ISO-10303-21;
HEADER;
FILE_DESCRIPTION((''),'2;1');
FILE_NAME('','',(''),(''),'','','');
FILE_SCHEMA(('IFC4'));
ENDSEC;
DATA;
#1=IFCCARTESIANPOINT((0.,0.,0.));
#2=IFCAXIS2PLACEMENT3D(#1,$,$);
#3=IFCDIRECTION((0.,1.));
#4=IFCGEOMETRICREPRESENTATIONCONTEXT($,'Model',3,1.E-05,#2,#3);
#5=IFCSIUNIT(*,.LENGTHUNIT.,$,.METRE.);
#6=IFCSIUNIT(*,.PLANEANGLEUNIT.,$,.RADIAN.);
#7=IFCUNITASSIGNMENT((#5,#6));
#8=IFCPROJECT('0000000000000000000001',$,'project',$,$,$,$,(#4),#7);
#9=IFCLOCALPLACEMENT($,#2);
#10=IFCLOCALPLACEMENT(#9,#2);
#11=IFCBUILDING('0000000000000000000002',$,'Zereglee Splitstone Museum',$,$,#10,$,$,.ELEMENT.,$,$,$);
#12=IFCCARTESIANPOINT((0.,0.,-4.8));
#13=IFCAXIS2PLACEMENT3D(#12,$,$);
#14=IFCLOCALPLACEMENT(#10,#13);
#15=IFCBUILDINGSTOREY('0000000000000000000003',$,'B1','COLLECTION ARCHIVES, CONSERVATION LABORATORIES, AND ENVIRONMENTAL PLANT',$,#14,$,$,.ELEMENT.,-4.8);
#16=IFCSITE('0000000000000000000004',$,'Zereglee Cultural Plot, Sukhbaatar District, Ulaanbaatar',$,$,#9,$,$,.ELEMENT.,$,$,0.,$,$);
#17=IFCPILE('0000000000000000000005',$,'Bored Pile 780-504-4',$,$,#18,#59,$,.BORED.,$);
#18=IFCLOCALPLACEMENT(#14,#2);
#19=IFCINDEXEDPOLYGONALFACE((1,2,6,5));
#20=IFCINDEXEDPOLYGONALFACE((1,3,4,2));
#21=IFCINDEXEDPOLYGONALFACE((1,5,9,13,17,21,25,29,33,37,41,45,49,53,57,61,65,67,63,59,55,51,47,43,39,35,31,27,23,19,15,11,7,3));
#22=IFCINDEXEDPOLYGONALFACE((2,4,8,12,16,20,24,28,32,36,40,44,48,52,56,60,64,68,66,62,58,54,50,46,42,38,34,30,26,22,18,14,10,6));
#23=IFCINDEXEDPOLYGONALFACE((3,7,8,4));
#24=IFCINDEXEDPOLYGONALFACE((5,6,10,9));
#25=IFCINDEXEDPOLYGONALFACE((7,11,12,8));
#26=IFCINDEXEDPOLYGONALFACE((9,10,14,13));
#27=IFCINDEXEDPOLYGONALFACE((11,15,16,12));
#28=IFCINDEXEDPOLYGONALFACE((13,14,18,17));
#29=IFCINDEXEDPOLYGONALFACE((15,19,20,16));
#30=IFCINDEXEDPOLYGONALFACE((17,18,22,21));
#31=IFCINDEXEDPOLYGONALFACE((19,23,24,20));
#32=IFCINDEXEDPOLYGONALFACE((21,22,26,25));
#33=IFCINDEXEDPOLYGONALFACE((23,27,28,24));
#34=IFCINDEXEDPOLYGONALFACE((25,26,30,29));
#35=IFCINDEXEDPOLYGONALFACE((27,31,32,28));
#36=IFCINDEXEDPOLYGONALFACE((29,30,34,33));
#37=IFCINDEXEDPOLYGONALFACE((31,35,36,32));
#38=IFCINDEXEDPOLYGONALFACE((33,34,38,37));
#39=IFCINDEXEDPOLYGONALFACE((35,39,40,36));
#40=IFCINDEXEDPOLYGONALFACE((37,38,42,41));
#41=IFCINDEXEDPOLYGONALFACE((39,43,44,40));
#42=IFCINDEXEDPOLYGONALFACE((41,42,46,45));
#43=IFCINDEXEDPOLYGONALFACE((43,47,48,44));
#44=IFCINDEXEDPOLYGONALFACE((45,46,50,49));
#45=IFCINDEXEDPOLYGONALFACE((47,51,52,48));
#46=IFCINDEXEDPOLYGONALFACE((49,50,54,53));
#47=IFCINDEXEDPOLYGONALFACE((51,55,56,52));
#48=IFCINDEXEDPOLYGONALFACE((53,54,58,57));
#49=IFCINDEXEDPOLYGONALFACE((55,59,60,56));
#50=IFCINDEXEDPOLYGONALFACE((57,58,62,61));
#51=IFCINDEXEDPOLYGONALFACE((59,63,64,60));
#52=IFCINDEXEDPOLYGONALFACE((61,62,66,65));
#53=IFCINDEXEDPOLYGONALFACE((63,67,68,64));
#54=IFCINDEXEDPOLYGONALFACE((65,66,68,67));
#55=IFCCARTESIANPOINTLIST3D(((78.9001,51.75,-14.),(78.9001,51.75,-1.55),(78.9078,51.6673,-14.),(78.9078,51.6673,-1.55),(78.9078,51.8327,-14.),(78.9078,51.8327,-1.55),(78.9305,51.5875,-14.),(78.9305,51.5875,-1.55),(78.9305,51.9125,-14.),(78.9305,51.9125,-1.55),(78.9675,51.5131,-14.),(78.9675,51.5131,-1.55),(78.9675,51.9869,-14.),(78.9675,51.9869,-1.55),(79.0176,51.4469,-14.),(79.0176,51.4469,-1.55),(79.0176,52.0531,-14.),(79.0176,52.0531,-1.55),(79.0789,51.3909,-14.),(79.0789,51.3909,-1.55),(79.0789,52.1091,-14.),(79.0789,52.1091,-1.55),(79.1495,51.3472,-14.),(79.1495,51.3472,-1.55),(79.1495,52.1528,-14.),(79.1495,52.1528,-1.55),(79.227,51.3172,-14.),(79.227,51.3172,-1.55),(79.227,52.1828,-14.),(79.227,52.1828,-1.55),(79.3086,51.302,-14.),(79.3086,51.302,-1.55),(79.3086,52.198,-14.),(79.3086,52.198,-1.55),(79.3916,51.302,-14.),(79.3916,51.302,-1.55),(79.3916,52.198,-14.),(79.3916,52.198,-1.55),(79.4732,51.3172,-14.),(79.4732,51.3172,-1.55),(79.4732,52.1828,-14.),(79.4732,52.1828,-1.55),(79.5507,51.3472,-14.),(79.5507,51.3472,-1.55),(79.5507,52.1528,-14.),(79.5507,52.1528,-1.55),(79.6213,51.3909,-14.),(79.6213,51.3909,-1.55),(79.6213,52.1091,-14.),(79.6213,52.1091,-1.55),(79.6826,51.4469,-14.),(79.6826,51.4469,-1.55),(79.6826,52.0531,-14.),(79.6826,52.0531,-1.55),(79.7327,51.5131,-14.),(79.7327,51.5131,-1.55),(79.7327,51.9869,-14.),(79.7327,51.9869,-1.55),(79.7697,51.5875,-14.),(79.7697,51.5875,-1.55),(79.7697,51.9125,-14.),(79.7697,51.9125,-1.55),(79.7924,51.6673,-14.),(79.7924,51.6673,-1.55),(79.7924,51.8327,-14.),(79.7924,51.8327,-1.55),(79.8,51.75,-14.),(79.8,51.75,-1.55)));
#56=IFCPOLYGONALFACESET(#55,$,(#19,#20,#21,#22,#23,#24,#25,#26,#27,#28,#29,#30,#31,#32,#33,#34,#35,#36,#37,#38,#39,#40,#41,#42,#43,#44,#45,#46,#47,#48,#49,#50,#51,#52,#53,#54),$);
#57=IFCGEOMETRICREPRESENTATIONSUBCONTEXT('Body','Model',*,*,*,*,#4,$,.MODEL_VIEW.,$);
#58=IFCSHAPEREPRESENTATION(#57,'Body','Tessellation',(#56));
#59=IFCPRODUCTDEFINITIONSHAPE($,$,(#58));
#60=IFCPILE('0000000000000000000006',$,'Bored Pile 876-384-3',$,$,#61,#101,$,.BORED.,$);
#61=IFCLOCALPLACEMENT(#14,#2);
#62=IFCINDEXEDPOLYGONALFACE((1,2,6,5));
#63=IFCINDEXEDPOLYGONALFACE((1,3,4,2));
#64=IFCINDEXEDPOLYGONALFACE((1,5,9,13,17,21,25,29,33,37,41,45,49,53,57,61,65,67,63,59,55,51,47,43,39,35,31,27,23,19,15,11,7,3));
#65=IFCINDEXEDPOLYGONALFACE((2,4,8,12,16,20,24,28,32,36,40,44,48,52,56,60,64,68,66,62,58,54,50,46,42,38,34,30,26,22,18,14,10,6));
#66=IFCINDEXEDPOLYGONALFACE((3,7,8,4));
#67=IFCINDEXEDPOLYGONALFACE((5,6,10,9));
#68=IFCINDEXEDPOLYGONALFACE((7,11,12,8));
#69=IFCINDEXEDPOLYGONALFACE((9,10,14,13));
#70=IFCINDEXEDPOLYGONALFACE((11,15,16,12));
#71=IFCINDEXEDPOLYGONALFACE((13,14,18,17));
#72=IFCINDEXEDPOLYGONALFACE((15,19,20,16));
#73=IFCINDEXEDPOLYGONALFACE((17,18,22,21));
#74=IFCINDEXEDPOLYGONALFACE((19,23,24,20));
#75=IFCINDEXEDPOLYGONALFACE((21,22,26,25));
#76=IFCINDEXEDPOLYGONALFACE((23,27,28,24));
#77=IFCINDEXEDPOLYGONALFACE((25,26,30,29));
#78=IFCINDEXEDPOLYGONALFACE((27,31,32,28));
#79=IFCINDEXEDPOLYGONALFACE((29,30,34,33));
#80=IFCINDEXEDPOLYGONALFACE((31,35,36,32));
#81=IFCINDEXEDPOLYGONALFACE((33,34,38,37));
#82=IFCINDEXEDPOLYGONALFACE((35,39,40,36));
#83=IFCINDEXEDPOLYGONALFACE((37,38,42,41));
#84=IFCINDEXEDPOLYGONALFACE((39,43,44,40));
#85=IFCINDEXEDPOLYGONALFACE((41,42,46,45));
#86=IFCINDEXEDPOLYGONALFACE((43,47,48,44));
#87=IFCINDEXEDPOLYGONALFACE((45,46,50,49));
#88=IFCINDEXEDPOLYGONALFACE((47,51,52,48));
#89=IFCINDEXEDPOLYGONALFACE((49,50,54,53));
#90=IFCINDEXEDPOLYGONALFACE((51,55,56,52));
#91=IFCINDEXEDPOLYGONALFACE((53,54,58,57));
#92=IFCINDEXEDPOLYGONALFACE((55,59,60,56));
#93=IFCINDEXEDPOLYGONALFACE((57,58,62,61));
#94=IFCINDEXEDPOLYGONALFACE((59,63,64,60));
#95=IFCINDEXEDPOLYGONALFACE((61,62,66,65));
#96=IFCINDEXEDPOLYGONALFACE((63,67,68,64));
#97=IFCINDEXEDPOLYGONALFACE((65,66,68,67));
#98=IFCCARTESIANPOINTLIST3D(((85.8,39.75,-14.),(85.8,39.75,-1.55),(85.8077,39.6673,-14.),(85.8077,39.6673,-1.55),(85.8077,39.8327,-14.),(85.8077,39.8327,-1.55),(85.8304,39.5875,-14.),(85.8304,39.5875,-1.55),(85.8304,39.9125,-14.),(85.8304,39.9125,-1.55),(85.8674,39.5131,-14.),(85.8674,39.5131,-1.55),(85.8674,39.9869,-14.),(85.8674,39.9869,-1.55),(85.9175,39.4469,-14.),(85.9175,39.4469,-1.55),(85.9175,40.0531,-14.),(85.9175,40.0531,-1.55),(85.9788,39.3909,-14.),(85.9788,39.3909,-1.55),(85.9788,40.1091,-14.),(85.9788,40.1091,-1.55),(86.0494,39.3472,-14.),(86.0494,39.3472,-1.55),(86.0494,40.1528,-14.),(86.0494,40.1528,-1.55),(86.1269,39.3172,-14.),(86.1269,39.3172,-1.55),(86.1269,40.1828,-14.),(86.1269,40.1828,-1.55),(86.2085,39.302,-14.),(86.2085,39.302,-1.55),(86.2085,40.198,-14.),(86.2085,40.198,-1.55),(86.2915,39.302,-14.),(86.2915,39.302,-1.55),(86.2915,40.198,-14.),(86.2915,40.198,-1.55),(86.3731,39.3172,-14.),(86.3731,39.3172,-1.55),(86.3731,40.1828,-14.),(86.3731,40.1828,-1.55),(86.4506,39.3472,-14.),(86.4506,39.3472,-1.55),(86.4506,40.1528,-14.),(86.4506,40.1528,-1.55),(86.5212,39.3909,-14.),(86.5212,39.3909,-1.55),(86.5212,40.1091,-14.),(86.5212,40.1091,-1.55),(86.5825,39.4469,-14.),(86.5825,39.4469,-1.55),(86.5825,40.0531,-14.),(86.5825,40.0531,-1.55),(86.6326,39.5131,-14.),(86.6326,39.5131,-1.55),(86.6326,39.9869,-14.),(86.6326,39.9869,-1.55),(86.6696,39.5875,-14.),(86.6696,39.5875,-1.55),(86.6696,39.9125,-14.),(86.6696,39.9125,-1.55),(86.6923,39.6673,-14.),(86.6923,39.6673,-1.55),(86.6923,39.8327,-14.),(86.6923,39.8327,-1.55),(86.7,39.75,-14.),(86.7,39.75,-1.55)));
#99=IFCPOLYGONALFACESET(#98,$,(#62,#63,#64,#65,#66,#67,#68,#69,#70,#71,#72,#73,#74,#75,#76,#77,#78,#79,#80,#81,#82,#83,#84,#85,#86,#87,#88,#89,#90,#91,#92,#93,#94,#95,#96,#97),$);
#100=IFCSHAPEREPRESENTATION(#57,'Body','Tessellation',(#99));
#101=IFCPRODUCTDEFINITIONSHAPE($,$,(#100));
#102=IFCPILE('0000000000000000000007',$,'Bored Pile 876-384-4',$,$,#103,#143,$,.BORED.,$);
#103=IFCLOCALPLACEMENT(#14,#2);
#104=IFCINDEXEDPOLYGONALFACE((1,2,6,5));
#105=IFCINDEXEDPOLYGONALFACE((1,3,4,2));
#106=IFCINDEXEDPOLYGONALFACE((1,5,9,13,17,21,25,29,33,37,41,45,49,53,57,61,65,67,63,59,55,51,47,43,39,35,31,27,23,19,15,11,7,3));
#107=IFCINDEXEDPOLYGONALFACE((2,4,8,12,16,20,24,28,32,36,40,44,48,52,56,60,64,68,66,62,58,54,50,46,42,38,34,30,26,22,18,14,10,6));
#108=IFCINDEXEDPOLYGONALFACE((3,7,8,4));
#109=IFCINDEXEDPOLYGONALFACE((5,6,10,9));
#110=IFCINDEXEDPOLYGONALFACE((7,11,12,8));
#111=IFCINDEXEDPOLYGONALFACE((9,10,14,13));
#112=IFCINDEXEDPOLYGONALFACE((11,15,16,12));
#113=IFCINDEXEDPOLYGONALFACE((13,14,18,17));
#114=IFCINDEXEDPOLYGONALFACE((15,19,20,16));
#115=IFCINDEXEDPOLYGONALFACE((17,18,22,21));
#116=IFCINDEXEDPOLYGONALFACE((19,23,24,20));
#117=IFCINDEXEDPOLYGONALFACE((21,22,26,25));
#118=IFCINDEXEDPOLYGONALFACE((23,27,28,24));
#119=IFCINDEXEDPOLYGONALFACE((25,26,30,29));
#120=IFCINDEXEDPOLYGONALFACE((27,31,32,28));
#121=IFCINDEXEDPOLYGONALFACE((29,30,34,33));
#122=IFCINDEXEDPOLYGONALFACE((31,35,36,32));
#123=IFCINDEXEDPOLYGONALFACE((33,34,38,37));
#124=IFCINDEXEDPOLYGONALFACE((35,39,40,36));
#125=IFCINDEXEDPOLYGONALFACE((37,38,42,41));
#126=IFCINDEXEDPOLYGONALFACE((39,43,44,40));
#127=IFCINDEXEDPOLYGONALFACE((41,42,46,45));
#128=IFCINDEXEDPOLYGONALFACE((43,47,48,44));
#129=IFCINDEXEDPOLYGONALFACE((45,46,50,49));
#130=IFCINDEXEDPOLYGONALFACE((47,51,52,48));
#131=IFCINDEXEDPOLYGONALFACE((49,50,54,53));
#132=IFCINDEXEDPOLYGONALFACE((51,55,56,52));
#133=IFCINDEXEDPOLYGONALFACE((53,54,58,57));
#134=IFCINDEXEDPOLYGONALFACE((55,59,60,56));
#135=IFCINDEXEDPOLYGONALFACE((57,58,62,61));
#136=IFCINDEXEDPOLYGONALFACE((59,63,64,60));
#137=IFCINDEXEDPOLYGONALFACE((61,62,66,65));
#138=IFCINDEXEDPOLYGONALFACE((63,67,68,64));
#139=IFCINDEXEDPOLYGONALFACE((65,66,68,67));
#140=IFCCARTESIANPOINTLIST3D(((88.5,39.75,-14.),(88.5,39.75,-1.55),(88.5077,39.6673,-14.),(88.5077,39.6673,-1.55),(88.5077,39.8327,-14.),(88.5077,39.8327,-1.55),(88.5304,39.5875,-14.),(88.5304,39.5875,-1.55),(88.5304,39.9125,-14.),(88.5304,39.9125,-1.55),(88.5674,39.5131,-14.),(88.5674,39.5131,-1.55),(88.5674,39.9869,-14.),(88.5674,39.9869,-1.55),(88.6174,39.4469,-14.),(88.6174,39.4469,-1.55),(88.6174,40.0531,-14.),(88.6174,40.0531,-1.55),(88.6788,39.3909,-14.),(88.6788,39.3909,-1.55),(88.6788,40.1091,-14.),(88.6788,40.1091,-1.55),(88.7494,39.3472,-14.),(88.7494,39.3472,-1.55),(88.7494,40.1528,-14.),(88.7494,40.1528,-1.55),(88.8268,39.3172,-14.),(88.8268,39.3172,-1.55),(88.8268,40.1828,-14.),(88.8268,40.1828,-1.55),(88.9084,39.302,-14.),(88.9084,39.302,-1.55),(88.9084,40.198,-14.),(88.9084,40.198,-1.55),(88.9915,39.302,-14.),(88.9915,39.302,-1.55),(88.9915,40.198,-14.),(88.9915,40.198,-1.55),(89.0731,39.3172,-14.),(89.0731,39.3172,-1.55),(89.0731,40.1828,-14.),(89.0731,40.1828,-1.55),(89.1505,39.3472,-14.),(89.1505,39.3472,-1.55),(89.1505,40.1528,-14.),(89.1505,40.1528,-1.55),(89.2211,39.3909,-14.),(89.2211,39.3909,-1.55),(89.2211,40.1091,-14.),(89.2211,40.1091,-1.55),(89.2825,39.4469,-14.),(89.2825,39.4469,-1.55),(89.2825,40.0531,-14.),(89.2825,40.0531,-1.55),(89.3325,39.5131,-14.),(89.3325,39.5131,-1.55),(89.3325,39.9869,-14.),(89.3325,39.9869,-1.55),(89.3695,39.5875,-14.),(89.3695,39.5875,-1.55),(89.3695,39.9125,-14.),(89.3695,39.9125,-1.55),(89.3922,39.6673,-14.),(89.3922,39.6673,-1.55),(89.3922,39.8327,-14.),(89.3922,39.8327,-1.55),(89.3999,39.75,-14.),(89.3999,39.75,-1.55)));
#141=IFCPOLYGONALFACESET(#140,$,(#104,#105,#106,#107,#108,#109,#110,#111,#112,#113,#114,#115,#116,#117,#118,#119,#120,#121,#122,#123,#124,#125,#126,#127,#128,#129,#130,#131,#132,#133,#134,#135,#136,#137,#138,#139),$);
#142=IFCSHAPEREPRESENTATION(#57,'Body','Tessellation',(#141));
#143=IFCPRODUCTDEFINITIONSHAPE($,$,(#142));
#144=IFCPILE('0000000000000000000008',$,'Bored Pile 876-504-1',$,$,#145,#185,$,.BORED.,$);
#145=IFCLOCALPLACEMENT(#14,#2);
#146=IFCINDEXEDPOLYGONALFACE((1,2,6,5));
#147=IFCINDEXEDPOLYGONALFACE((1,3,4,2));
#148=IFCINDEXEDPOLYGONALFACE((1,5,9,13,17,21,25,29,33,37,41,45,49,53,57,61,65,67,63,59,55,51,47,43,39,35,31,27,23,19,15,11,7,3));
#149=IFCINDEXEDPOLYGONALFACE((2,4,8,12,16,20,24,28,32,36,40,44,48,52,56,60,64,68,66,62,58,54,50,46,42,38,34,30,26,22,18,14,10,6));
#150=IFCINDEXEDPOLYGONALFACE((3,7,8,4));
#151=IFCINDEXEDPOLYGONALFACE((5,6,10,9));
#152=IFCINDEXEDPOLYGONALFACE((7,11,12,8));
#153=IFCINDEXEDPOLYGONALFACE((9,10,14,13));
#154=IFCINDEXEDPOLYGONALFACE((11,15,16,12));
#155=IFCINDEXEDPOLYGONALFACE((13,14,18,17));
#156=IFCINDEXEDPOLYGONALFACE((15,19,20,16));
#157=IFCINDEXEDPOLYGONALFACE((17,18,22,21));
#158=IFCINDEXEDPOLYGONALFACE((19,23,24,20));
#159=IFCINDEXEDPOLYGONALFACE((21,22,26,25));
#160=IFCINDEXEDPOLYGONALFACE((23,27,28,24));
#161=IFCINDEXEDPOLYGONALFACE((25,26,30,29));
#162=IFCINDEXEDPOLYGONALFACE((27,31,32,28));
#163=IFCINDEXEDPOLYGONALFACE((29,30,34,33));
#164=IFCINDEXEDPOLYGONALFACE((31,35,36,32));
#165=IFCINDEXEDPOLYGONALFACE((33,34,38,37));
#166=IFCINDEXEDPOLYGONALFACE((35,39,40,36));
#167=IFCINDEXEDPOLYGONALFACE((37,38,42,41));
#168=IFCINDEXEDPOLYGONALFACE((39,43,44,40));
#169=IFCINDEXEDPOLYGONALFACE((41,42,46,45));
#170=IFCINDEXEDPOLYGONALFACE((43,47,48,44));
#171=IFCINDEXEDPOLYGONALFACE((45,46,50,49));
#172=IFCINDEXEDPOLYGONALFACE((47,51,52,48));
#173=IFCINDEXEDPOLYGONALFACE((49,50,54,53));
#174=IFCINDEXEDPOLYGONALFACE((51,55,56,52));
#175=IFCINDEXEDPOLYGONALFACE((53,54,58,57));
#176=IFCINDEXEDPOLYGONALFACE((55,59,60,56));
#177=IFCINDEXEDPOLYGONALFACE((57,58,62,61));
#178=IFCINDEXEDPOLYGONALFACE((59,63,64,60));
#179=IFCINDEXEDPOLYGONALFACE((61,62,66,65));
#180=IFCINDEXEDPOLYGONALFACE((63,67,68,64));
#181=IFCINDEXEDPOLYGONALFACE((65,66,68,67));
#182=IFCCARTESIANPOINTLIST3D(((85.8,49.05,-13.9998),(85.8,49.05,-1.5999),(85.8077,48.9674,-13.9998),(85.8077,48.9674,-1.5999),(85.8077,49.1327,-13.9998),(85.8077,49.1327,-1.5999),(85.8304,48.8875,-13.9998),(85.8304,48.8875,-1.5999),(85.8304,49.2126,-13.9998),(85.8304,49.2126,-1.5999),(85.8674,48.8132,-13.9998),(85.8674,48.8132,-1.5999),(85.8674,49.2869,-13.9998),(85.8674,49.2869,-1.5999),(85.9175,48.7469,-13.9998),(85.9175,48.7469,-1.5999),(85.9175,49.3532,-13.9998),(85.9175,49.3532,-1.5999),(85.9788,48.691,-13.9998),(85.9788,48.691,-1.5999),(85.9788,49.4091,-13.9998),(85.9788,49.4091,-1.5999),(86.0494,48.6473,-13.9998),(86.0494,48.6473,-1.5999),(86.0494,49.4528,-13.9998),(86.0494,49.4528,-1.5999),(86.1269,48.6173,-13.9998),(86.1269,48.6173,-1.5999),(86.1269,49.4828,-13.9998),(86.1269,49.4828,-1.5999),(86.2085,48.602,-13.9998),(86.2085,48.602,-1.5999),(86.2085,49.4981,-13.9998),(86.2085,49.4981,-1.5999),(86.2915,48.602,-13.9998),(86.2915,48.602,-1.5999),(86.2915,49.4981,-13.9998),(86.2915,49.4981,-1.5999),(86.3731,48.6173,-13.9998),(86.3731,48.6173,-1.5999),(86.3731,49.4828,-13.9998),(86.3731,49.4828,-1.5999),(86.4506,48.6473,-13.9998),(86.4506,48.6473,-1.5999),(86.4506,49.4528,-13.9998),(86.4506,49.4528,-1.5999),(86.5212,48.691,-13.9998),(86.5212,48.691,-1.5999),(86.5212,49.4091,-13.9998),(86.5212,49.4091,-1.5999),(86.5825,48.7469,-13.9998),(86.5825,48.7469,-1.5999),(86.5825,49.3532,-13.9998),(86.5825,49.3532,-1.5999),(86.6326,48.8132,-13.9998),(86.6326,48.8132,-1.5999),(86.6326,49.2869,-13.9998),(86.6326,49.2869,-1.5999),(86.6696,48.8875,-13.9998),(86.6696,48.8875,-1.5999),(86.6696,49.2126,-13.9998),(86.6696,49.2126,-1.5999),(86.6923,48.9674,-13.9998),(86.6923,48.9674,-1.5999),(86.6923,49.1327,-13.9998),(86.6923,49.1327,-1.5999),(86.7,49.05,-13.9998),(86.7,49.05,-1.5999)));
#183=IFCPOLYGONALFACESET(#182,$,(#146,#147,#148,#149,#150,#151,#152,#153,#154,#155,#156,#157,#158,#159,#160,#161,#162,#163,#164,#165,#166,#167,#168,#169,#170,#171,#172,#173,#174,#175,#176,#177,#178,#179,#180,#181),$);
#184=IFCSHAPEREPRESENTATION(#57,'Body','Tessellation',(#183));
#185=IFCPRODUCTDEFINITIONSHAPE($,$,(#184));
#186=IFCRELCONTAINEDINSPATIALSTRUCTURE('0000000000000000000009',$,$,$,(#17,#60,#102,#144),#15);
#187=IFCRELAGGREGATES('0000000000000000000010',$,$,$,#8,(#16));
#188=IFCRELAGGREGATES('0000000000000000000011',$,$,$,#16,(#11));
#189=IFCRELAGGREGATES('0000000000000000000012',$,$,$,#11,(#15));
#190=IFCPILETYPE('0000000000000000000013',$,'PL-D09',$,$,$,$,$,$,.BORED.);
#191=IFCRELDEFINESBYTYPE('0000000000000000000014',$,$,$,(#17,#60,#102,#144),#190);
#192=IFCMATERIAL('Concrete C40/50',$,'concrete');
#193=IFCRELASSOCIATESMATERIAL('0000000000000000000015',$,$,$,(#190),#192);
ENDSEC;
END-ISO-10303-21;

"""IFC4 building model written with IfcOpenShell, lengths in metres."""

from ifc_helpers import new_model, si_unit, direction, frame, origin, origin_2d, place, context, subcontext, project, spatial, circle, extrude, material, material_profile, profile_set, type_object, element, save


model = new_model("IFC4")

# Units and contexts
model_context = context("Model", 3, precision=1e-05, world=origin(), true_north=direction((0.0, 1.0)))
body_context = subcontext(model_context, "Body", "Model", "MODEL_VIEW")
ifc_project = project(units=[si_unit("LENGTHUNIT", "METRE"), si_unit("PLANEANGLEUNIT", "RADIAN")], contexts=[model_context])

# Site, building, storey
site_placement = place(None, origin())
site = spatial("IfcSite", under=ifc_project, at=site_placement, Name="Zereglee Cultural Plot, Sukhbaatar District, Ulaanbaatar", CompositionType="ELEMENT", RefElevation=0.0)
building_placement = place(site_placement, origin())
building = spatial("IfcBuilding", under=site, at=building_placement, Name="Zereglee Splitstone Museum", CompositionType="ELEMENT")
storey_placement = place(building_placement, frame((0.0, 0.0, -4.8)))
storey = spatial("IfcBuildingStorey", under=building, at=storey_placement, Name="B1", Description="COLLECTION ARCHIVES, CONSERVATION LABORATORIES, AND ENVIRONMENTAL PLANT", CompositionType="ELEMENT", Elevation=-4.8)

# Shared definitions
ifc_material_1 = material(Name="Concrete C40/50", Category="concrete")

# Piles
ifc_material_profile_1 = material_profile(ifc_material_1, circle(Radius=0.45, at=origin_2d()), Name="PILE D900")
ifc_profile_set_1 = profile_set([ifc_material_profile_1], Name="Concrete C40/50")
pile_type = type_object("IfcPileType", Name="PL-D09", PredefinedType="BORED", material=ifc_profile_set_1)
for number, where, z_axis, x_axis, name in (
    (1, (79.3501, 51.75, -1.55), (0.0, 0.0, -1.0), (1.0, 0.0, 0.0), "Bored Pile 780-504-4"),
    (2, (86.25, 39.75, -1.55), (0.0, 0.0, -1.0), (1.0, 0.0, 0.0), "Bored Pile 876-384-3"),
    (3, (88.95, 39.75, -1.55), (0.0, 0.0, -1.0), (1.0, 0.0, 0.0), "Bored Pile 876-384-4"),
):
    element("IfcPile", number, at=place(storey_placement, frame(where, z_axis=z_axis, x_axis=x_axis)), inside=storey, type_object=pile_type, Name=name, PredefinedType="BORED", context=body_context, shape_type="SweptSolid", body=[
        extrude(circle(Radius=0.45, at=origin_2d()), origin(), (0.0, 0.0, 1.0), 12.45),
    ])
for number, where, z_axis, x_axis, name in (
    (4, (86.25, 49.05, -1.5999), (0.0, 0.0, -1.0), (1.0, 0.0, 0.0), "Bored Pile 876-504-1"),
):
    element("IfcPile", number, at=place(storey_placement, frame(where, z_axis=z_axis, x_axis=x_axis)), inside=storey, type_object=pile_type, Name=name, PredefinedType="BORED", context=body_context, shape_type="SweptSolid", body=[
        extrude(circle(Radius=0.45, at=origin_2d()), origin(), (0.0, 0.0, 1.0), 12.3999),
    ])

save(model, "model.ifc")
